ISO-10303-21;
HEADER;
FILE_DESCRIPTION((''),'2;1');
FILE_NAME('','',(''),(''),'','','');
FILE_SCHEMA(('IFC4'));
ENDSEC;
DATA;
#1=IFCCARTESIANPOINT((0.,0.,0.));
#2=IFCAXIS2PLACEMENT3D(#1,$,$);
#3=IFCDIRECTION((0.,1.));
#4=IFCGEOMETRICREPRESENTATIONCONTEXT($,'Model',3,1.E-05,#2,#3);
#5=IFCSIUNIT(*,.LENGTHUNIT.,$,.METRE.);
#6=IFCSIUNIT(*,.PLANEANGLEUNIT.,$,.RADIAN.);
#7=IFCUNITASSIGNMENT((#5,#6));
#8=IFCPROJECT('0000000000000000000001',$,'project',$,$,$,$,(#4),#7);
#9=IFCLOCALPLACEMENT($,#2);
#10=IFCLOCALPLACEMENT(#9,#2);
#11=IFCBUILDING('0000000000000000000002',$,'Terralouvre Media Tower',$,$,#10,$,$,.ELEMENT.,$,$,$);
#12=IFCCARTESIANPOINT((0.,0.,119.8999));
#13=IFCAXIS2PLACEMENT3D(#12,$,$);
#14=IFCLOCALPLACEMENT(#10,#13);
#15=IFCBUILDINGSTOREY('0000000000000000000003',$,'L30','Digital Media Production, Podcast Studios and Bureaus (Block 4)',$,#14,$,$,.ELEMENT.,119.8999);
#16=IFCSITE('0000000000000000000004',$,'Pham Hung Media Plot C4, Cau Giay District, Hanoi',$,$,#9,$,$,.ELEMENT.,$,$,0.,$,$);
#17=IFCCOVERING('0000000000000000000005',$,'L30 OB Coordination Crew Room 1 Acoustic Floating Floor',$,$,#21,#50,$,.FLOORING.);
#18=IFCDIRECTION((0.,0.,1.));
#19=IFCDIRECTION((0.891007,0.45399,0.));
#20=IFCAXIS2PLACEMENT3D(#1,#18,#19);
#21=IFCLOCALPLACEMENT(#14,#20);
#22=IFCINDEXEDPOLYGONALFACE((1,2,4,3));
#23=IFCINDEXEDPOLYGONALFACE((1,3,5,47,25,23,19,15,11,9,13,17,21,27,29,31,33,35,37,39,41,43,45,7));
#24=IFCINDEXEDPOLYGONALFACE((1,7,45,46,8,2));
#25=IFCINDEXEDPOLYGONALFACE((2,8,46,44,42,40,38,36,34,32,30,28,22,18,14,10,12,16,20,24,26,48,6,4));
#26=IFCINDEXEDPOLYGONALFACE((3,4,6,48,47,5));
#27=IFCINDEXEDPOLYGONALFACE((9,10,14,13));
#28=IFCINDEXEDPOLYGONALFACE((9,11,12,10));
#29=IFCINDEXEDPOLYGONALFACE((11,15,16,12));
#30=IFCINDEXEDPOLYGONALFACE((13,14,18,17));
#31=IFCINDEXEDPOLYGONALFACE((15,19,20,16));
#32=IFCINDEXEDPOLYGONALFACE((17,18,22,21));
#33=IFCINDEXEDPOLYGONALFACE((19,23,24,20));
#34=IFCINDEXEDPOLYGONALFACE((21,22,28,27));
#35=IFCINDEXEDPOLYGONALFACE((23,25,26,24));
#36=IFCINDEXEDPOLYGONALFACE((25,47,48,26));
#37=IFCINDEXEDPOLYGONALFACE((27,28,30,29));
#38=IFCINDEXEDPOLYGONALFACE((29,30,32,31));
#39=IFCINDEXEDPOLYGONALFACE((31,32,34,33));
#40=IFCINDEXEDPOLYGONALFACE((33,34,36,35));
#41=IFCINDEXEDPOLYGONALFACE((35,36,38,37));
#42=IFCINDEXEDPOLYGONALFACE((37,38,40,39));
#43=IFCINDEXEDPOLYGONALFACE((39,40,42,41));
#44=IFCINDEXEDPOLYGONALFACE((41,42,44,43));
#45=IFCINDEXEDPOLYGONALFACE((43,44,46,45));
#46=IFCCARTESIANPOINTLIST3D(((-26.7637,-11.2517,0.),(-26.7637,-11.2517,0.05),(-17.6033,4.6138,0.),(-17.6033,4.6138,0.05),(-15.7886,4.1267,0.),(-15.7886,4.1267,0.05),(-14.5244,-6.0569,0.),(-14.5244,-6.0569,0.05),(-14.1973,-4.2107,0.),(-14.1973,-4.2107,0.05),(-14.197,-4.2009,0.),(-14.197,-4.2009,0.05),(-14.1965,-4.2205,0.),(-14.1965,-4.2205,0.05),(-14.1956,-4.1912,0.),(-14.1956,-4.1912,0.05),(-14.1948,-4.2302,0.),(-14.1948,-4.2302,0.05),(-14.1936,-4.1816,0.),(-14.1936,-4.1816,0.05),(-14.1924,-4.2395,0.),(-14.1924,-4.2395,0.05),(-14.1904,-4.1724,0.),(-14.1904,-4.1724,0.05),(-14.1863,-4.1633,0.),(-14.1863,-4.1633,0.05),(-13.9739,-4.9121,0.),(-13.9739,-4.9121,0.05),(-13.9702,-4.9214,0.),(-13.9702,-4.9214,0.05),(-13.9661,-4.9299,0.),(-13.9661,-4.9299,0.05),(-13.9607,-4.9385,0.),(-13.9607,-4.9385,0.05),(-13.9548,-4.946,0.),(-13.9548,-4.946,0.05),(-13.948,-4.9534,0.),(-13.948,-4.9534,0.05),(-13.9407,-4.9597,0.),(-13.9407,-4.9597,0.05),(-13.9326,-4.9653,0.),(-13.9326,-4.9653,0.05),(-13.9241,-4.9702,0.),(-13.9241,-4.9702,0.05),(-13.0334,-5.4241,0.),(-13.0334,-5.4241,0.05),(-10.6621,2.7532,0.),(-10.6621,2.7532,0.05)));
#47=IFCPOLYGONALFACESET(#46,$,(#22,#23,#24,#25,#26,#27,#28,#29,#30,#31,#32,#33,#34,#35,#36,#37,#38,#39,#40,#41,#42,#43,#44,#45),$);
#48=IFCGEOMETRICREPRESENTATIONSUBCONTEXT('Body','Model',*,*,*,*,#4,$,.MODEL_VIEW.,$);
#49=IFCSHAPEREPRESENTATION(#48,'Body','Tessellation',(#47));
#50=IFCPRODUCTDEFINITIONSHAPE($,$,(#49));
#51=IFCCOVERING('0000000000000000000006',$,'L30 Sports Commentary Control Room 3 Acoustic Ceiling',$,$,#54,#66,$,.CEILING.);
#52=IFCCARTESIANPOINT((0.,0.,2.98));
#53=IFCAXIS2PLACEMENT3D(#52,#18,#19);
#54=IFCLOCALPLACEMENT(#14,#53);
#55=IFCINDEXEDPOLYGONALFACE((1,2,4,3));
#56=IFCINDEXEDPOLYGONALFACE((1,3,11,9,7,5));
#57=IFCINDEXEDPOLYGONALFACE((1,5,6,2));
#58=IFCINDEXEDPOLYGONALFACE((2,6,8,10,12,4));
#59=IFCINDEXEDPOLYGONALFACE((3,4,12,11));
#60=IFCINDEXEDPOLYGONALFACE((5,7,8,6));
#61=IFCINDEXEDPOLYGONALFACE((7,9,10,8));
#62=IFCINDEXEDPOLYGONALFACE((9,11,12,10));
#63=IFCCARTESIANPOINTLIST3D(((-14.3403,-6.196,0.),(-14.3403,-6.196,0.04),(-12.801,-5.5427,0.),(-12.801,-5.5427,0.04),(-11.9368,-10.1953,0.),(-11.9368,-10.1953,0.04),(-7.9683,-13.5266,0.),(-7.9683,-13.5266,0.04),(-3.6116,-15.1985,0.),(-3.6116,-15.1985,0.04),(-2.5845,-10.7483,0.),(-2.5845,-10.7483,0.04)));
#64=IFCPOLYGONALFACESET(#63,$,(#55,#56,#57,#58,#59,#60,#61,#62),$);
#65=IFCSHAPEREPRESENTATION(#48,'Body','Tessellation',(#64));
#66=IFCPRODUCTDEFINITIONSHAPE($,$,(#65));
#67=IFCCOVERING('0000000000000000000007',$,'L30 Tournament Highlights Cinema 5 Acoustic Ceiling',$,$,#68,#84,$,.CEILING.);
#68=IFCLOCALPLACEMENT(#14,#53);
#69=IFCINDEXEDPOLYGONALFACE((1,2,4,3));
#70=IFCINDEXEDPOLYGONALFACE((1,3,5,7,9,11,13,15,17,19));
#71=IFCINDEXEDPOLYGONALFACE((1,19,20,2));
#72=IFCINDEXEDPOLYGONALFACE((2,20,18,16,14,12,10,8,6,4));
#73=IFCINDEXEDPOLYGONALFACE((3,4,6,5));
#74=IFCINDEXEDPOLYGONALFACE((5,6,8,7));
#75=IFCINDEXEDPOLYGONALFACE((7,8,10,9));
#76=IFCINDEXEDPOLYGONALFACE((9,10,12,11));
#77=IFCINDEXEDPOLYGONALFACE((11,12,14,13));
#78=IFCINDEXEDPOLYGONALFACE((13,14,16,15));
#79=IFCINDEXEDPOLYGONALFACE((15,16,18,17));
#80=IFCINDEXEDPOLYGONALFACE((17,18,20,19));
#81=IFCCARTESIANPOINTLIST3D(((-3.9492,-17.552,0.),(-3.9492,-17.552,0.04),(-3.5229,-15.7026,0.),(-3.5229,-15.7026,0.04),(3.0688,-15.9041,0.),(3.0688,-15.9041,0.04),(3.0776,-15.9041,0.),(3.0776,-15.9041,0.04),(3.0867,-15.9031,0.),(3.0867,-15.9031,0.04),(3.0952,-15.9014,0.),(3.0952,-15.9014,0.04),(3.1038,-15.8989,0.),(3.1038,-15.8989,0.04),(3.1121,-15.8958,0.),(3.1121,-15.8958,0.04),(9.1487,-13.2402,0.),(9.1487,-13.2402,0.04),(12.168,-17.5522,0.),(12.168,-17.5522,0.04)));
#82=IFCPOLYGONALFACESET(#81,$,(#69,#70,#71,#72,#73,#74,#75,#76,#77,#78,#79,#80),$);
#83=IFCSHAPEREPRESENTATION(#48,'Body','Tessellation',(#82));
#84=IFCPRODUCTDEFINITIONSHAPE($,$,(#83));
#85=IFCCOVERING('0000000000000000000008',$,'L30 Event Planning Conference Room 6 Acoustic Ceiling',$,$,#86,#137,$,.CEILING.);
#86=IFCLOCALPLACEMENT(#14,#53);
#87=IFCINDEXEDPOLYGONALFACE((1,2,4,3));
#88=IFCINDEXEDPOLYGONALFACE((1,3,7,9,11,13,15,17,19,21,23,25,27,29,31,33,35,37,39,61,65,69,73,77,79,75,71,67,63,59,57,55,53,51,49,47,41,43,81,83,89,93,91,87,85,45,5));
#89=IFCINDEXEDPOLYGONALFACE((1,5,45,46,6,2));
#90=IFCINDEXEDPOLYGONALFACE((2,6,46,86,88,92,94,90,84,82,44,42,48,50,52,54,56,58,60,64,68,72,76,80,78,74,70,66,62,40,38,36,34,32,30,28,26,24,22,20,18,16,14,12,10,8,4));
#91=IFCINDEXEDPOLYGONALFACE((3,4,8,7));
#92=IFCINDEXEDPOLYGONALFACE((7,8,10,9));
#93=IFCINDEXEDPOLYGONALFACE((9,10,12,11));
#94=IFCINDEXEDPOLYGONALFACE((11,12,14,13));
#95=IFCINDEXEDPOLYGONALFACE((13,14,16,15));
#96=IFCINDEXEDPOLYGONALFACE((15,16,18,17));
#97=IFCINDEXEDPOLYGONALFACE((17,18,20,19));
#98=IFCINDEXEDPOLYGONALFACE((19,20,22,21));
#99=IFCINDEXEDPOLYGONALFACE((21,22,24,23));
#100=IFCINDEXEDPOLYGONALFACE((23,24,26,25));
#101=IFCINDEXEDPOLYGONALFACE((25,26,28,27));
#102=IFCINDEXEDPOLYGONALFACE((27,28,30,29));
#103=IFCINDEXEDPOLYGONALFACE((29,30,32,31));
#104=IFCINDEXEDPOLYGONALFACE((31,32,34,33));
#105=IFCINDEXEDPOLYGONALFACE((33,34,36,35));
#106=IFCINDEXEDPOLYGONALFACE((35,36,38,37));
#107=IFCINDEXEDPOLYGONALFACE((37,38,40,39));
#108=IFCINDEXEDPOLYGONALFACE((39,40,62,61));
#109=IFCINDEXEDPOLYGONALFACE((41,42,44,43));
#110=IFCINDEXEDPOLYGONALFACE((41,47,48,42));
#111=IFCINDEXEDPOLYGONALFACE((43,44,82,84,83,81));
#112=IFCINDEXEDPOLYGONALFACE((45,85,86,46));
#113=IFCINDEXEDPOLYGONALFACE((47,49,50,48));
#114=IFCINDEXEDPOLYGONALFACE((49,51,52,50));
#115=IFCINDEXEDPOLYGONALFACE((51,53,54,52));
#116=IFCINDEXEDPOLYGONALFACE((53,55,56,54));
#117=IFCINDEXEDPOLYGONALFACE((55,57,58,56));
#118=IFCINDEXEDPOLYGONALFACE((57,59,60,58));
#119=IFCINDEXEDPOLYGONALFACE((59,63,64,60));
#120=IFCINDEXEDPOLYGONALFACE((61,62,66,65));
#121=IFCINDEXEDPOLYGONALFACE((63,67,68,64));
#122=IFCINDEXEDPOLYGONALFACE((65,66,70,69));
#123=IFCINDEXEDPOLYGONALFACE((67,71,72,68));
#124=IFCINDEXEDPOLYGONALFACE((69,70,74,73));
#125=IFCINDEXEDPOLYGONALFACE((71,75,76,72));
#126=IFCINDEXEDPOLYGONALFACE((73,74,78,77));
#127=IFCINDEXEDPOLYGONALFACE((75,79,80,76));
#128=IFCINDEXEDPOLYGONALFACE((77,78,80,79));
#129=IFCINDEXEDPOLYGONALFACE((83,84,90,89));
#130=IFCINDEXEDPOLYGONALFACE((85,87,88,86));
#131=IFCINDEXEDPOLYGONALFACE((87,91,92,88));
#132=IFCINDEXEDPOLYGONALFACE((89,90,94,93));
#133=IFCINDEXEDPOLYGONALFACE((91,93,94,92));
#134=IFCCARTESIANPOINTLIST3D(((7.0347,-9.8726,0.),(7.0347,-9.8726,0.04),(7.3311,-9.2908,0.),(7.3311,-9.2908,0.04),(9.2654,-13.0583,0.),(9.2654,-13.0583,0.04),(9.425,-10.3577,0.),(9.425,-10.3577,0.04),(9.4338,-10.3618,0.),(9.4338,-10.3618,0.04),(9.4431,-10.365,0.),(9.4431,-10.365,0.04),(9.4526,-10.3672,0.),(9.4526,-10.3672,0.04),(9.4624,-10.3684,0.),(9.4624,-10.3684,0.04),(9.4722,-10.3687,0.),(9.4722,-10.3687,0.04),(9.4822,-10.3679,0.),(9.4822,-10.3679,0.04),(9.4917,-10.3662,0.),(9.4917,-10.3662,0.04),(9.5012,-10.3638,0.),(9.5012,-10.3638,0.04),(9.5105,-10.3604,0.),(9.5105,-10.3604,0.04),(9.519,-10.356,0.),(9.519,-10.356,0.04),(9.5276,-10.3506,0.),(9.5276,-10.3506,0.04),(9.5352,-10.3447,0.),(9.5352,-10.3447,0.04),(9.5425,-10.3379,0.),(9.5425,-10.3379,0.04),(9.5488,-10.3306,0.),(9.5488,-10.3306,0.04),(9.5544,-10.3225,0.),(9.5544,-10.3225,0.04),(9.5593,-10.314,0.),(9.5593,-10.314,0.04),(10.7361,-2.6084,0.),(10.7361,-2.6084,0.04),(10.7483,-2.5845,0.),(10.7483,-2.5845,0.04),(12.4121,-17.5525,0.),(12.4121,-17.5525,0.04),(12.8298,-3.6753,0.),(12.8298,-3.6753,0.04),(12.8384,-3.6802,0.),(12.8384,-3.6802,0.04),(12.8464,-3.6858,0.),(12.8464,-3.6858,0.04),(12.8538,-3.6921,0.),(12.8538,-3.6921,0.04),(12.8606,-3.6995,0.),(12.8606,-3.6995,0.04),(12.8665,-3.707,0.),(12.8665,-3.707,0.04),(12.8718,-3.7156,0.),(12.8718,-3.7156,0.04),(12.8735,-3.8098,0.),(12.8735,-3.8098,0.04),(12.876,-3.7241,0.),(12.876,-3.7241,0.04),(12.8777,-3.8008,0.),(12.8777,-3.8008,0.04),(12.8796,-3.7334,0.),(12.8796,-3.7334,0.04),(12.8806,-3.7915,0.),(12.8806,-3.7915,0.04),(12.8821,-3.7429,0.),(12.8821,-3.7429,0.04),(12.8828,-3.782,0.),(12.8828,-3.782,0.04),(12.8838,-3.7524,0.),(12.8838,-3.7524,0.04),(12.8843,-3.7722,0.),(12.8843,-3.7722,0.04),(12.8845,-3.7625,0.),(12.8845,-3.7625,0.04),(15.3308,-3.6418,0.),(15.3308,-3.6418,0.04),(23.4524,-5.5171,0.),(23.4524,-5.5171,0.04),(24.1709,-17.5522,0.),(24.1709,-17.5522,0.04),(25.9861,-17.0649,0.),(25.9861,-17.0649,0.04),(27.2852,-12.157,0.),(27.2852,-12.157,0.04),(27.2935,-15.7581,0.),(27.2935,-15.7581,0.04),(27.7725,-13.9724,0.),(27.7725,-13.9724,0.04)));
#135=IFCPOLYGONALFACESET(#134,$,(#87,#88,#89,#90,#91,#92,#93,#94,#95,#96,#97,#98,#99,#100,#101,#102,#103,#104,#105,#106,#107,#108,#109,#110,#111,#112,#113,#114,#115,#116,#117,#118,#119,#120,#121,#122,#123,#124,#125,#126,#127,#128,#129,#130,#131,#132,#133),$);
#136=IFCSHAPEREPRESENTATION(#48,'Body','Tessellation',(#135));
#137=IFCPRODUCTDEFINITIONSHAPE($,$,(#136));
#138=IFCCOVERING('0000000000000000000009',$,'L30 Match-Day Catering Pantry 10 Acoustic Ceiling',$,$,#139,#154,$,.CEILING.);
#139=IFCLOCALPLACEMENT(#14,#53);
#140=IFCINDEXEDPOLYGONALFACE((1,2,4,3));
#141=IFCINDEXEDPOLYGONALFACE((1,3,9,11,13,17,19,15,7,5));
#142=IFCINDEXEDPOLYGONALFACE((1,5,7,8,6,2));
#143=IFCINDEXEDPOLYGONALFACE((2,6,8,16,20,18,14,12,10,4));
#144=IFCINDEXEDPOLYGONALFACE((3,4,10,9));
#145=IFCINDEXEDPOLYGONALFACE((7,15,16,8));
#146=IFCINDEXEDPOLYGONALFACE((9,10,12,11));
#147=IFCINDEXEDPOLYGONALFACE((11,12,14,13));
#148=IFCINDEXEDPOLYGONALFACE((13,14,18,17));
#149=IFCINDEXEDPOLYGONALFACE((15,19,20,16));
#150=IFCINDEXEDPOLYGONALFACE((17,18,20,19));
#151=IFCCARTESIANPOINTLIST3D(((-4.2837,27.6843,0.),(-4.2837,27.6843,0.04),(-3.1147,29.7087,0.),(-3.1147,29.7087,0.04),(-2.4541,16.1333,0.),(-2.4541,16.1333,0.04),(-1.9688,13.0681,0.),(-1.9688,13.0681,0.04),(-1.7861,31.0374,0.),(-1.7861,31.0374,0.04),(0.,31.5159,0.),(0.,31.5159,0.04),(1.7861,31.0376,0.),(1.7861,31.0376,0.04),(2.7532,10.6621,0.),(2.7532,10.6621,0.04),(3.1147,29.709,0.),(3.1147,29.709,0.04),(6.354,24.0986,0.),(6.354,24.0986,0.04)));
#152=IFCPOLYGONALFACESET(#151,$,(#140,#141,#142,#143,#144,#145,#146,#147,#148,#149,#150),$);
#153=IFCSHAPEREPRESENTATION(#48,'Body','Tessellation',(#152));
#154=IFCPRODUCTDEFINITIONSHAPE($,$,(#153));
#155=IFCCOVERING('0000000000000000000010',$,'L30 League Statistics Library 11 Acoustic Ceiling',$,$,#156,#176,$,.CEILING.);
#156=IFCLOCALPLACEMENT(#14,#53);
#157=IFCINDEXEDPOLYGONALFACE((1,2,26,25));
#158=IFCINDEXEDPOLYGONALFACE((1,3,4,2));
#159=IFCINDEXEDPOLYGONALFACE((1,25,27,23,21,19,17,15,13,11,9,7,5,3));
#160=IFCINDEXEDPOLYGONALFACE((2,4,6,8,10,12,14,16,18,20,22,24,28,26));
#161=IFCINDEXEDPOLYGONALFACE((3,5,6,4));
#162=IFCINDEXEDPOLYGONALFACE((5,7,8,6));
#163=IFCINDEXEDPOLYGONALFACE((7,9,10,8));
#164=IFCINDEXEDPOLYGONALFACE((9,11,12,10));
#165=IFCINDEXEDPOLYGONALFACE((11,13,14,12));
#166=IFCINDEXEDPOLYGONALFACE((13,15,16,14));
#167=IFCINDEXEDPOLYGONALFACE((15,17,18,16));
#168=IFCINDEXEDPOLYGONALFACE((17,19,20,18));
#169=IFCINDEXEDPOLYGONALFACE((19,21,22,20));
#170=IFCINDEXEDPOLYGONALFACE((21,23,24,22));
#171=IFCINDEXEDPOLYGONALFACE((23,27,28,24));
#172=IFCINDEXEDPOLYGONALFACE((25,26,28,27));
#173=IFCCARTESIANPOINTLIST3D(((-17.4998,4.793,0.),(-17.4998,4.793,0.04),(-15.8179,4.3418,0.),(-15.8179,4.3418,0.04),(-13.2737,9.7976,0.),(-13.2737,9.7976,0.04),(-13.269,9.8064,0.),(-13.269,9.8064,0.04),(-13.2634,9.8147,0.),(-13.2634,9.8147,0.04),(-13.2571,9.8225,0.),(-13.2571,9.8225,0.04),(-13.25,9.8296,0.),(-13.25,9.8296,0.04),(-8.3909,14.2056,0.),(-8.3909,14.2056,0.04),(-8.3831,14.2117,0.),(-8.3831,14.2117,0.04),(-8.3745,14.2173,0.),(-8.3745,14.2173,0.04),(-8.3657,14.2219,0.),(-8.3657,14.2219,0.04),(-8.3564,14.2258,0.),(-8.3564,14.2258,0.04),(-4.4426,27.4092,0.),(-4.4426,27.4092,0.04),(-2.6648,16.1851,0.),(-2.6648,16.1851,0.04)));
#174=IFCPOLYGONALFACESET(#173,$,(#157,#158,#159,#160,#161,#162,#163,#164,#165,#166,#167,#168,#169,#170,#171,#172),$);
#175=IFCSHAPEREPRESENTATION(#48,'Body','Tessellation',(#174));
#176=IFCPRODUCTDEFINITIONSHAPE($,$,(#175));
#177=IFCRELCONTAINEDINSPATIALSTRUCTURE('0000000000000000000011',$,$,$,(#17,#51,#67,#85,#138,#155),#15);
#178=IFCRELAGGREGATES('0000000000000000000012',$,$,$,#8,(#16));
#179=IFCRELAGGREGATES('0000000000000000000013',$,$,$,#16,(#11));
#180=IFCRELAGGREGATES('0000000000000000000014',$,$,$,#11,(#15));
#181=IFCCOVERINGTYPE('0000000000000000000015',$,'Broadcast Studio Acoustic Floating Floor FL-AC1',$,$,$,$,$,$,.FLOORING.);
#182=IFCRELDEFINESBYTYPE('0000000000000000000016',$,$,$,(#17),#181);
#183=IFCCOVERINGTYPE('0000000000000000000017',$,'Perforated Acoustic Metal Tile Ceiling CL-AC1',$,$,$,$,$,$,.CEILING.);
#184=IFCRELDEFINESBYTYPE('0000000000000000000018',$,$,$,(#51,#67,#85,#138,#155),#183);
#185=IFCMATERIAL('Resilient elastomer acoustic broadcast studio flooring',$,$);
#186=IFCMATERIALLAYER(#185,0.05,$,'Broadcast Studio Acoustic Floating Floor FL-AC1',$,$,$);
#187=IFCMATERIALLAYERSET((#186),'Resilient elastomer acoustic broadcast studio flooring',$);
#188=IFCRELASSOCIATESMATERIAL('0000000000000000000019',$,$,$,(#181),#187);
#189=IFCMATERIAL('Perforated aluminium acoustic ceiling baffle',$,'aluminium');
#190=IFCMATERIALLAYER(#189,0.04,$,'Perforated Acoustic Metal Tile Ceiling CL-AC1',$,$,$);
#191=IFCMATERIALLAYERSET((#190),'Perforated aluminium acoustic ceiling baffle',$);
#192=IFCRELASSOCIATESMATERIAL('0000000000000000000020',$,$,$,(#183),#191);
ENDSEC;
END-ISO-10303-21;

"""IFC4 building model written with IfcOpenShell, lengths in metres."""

from ifc_helpers import new_model, si_unit, direction, frame, origin, place, context, subcontext, project, spatial, polyline, outline, extrude, material, layer, layer_set, type_object, element, save


model = new_model("IFC4")

# Units and contexts
model_context = context("Model", 3, precision=1e-05, world=origin(), true_north=direction((0.0, 1.0)))
body_context = subcontext(model_context, "Body", "Model", "MODEL_VIEW")
ifc_project = project(units=[si_unit("LENGTHUNIT", "METRE"), si_unit("PLANEANGLEUNIT", "RADIAN")], contexts=[model_context])

# Site, building, storey
site_placement = place(None, origin())
site = spatial("IfcSite", under=ifc_project, at=site_placement, Name="Pham Hung Media Plot C4, Cau Giay District, Hanoi", CompositionType="ELEMENT", RefElevation=0.0)
building_placement = place(site_placement, origin())
building = spatial("IfcBuilding", under=site, at=building_placement, Name="Terralouvre Media Tower", CompositionType="ELEMENT")
storey_placement = place(building_placement, frame((0.0, 0.0, 119.8999)))
storey = spatial("IfcBuildingStorey", under=building, at=storey_placement, Name="L30", Description="Digital Media Production, Podcast Studios and Bureaus (Block 4)", CompositionType="ELEMENT", Elevation=119.8999)

# Coverings
ifc_material_1 = material(Name="Resilient elastomer acoustic broadcast studio flooring")
ifc_layer_1 = layer(ifc_material_1, 0.05, Name="Broadcast Studio Acoustic Floating Floor FL-AC1")
ifc_layer_set_1 = layer_set([ifc_layer_1], Name="Resilient elastomer acoustic broadcast studio flooring")
covering_type_1 = type_object("IfcCoveringType", Name="Broadcast Studio Acoustic Floating Floor FL-AC1", PredefinedType="FLOORING", material=ifc_layer_set_1)
covering_1_placement = place(storey_placement, frame((0.0, 0.0, 0.0), z_axis=(0.0, 0.0, 1.0), x_axis=(0.891007, 0.45399, 0.0)))
element("IfcCovering", 1, at=covering_1_placement, inside=storey, type_object=covering_type_1, Name="L30 OB Coordination Crew Room 1 Acoustic Floating Floor", PredefinedType="FLOORING", context=body_context, shape_type="SweptSolid", body=[
    extrude(outline(polyline([(-13.0334, -5.4241), (-13.9241, -4.9702), (-13.9326, -4.9653), (-13.9407, -4.9597), (-13.948, -4.9534), (-13.9548, -4.946), (-13.9607, -4.9385), (-13.9661, -4.9299), (-13.9702, -4.9214), (-13.9739, -4.9121), (-14.1924, -4.2395), (-14.1948, -4.2302), (-14.1965, -4.2205), (-14.1973, -4.2107), (-14.197, -4.2009), (-14.1956, -4.1912), (-14.1936, -4.1816), (-14.1904, -4.1724), (-14.1863, -4.1633), (-10.6621, 2.7532), (-15.7886, 4.1267), (-17.6033, 4.6138), (-26.7637, -11.2517), (-14.5244, -6.0569), (-13.0334, -5.4241)])), origin(), (0.0, 0.0, 1.0), 0.05),
])
ifc_material_2 = material(Name="Perforated aluminium acoustic ceiling baffle", Category="aluminium")
ifc_layer_2 = layer(ifc_material_2, 0.04, Name="Perforated Acoustic Metal Tile Ceiling CL-AC1")
ifc_layer_set_2 = layer_set([ifc_layer_2], Name="Perforated aluminium acoustic ceiling baffle")
covering_type_2 = type_object("IfcCoveringType", Name="Perforated Acoustic Metal Tile Ceiling CL-AC1", PredefinedType="CEILING", material=ifc_layer_set_2)
covering_2_placement = place(storey_placement, frame((0.0, 0.0, 2.98), z_axis=(0.0, 0.0, 1.0), x_axis=(0.891007, 0.45399, 0.0)))
element("IfcCovering", 2, at=covering_2_placement, inside=storey, type_object=covering_type_2, Name="L30 Sports Commentary Control Room 3 Acoustic Ceiling", PredefinedType="CEILING", context=body_context, shape_type="SweptSolid", body=[
    extrude(outline(polyline([(-11.9368, -10.1953), (-7.9683, -13.5266), (-3.6116, -15.1985), (-2.5845, -10.7483), (-12.801, -5.5427), (-14.3403, -6.196), (-11.9368, -10.1953)])), origin(), (0.0, 0.0, 1.0), 0.04),
])
covering_3_placement = place(storey_placement, frame((0.0, 0.0, 2.98), z_axis=(0.0, 0.0, 1.0), x_axis=(0.891007, 0.45399, 0.0)))
element("IfcCovering", 3, at=covering_3_placement, inside=storey, type_object=covering_type_2, Name="L30 Tournament Highlights Cinema 5 Acoustic Ceiling", PredefinedType="CEILING", context=body_context, shape_type="SweptSolid", body=[
    extrude(outline(polyline([(3.1121, -15.8958), (3.1038, -15.8989), (3.0952, -15.9014), (3.0867, -15.9031), (3.0776, -15.9041), (3.0688, -15.9041), (-3.5229, -15.7026), (-3.9492, -17.552), (12.168, -17.5522), (9.1487, -13.2402), (3.1121, -15.8958)])), origin(), (0.0, 0.0, 1.0), 0.04),
])
covering_4_placement = place(storey_placement, frame((0.0, 0.0, 2.98), z_axis=(0.0, 0.0, 1.0), x_axis=(0.891007, 0.45399, 0.0)))
element("IfcCovering", 4, at=covering_4_placement, inside=storey, type_object=covering_type_2, Name="L30 Event Planning Conference Room 6 Acoustic Ceiling", PredefinedType="CEILING", context=body_context, shape_type="SweptSolid", body=[
    extrude(outline(polyline([(10.7483, -2.5845), (10.7361, -2.6084), (12.8298, -3.6753), (12.8384, -3.6802), (12.8464, -3.6858), (12.8538, -3.6921), (12.8606, -3.6995), (12.8665, -3.707), (12.8718, -3.7156), (12.876, -3.7241), (12.8796, -3.7334), (12.8821, -3.7429), (12.8838, -3.7524), (12.8845, -3.7625), (12.8843, -3.7722), (12.8828, -3.782), (12.8806, -3.7915), (12.8777, -3.8008), (12.8735, -3.8098), (9.5593, -10.314), (9.5544, -10.3225), (9.5488, -10.3306), (9.5425, -10.3379), (9.5352, -10.3447), (9.5276, -10.3506), (9.519, -10.356), (9.5105, -10.3604), (9.5012, -10.3638), (9.4917, -10.3662), (9.4822, -10.3679), (9.4722, -10.3687), (9.4624, -10.3684), (9.4526, -10.3672), (9.4431, -10.365), (9.4338, -10.3618), (9.425, -10.3577), (7.3311, -9.2908), (7.0347, -9.8726), (9.2654, -13.0583), (12.4121, -17.5525), (24.1709, -17.5522), (25.9861, -17.0649), (27.2935, -15.7581), (27.7725, -13.9724), (27.2852, -12.157), (23.4524, -5.5171), (15.3308, -3.6418), (10.7483, -2.5845)])), origin(), (0.0, 0.0, 1.0), 0.04),
])
covering_5_placement = place(storey_placement, frame((0.0, 0.0, 2.98), z_axis=(0.0, 0.0, 1.0), x_axis=(0.891007, 0.45399, 0.0)))
element("IfcCovering", 5, at=covering_5_placement, inside=storey, type_object=covering_type_2, Name="L30 Match-Day Catering Pantry 10 Acoustic Ceiling", PredefinedType="CEILING", context=body_context, shape_type="SweptSolid", body=[
    extrude(outline(polyline([(-2.4541, 16.1333), (-1.9688, 13.0681), (2.7532, 10.6621), (6.354, 24.0986), (3.1147, 29.709), (1.7861, 31.0376), (0.0, 31.5159), (-1.7861, 31.0374), (-3.1147, 29.7087), (-4.2837, 27.6843), (-2.4541, 16.1333)])), origin(), (0.0, 0.0, 1.0), 0.04),
])
covering_6_placement = place(storey_placement, frame((0.0, 0.0, 2.98), z_axis=(0.0, 0.0, 1.0), x_axis=(0.891007, 0.45399, 0.0)))
element("IfcCovering", 6, at=covering_6_placement, inside=storey, type_object=covering_type_2, Name="L30 League Statistics Library 11 Acoustic Ceiling", PredefinedType="CEILING", context=body_context, shape_type="SweptSolid", body=[
    extrude(outline(polyline([(-13.2737, 9.7976), (-13.269, 9.8064), (-13.2634, 9.8147), (-13.2571, 9.8225), (-13.25, 9.8296), (-8.3909, 14.2056), (-8.3831, 14.2117), (-8.3745, 14.2173), (-8.3657, 14.2219), (-8.3564, 14.2258), (-2.6648, 16.1851), (-4.4426, 27.4092), (-17.4998, 4.793), (-15.8179, 4.3418), (-13.2737, 9.7976)])), origin(), (0.0, 0.0, 1.0), 0.04),
])

save(model, "model.ifc")
